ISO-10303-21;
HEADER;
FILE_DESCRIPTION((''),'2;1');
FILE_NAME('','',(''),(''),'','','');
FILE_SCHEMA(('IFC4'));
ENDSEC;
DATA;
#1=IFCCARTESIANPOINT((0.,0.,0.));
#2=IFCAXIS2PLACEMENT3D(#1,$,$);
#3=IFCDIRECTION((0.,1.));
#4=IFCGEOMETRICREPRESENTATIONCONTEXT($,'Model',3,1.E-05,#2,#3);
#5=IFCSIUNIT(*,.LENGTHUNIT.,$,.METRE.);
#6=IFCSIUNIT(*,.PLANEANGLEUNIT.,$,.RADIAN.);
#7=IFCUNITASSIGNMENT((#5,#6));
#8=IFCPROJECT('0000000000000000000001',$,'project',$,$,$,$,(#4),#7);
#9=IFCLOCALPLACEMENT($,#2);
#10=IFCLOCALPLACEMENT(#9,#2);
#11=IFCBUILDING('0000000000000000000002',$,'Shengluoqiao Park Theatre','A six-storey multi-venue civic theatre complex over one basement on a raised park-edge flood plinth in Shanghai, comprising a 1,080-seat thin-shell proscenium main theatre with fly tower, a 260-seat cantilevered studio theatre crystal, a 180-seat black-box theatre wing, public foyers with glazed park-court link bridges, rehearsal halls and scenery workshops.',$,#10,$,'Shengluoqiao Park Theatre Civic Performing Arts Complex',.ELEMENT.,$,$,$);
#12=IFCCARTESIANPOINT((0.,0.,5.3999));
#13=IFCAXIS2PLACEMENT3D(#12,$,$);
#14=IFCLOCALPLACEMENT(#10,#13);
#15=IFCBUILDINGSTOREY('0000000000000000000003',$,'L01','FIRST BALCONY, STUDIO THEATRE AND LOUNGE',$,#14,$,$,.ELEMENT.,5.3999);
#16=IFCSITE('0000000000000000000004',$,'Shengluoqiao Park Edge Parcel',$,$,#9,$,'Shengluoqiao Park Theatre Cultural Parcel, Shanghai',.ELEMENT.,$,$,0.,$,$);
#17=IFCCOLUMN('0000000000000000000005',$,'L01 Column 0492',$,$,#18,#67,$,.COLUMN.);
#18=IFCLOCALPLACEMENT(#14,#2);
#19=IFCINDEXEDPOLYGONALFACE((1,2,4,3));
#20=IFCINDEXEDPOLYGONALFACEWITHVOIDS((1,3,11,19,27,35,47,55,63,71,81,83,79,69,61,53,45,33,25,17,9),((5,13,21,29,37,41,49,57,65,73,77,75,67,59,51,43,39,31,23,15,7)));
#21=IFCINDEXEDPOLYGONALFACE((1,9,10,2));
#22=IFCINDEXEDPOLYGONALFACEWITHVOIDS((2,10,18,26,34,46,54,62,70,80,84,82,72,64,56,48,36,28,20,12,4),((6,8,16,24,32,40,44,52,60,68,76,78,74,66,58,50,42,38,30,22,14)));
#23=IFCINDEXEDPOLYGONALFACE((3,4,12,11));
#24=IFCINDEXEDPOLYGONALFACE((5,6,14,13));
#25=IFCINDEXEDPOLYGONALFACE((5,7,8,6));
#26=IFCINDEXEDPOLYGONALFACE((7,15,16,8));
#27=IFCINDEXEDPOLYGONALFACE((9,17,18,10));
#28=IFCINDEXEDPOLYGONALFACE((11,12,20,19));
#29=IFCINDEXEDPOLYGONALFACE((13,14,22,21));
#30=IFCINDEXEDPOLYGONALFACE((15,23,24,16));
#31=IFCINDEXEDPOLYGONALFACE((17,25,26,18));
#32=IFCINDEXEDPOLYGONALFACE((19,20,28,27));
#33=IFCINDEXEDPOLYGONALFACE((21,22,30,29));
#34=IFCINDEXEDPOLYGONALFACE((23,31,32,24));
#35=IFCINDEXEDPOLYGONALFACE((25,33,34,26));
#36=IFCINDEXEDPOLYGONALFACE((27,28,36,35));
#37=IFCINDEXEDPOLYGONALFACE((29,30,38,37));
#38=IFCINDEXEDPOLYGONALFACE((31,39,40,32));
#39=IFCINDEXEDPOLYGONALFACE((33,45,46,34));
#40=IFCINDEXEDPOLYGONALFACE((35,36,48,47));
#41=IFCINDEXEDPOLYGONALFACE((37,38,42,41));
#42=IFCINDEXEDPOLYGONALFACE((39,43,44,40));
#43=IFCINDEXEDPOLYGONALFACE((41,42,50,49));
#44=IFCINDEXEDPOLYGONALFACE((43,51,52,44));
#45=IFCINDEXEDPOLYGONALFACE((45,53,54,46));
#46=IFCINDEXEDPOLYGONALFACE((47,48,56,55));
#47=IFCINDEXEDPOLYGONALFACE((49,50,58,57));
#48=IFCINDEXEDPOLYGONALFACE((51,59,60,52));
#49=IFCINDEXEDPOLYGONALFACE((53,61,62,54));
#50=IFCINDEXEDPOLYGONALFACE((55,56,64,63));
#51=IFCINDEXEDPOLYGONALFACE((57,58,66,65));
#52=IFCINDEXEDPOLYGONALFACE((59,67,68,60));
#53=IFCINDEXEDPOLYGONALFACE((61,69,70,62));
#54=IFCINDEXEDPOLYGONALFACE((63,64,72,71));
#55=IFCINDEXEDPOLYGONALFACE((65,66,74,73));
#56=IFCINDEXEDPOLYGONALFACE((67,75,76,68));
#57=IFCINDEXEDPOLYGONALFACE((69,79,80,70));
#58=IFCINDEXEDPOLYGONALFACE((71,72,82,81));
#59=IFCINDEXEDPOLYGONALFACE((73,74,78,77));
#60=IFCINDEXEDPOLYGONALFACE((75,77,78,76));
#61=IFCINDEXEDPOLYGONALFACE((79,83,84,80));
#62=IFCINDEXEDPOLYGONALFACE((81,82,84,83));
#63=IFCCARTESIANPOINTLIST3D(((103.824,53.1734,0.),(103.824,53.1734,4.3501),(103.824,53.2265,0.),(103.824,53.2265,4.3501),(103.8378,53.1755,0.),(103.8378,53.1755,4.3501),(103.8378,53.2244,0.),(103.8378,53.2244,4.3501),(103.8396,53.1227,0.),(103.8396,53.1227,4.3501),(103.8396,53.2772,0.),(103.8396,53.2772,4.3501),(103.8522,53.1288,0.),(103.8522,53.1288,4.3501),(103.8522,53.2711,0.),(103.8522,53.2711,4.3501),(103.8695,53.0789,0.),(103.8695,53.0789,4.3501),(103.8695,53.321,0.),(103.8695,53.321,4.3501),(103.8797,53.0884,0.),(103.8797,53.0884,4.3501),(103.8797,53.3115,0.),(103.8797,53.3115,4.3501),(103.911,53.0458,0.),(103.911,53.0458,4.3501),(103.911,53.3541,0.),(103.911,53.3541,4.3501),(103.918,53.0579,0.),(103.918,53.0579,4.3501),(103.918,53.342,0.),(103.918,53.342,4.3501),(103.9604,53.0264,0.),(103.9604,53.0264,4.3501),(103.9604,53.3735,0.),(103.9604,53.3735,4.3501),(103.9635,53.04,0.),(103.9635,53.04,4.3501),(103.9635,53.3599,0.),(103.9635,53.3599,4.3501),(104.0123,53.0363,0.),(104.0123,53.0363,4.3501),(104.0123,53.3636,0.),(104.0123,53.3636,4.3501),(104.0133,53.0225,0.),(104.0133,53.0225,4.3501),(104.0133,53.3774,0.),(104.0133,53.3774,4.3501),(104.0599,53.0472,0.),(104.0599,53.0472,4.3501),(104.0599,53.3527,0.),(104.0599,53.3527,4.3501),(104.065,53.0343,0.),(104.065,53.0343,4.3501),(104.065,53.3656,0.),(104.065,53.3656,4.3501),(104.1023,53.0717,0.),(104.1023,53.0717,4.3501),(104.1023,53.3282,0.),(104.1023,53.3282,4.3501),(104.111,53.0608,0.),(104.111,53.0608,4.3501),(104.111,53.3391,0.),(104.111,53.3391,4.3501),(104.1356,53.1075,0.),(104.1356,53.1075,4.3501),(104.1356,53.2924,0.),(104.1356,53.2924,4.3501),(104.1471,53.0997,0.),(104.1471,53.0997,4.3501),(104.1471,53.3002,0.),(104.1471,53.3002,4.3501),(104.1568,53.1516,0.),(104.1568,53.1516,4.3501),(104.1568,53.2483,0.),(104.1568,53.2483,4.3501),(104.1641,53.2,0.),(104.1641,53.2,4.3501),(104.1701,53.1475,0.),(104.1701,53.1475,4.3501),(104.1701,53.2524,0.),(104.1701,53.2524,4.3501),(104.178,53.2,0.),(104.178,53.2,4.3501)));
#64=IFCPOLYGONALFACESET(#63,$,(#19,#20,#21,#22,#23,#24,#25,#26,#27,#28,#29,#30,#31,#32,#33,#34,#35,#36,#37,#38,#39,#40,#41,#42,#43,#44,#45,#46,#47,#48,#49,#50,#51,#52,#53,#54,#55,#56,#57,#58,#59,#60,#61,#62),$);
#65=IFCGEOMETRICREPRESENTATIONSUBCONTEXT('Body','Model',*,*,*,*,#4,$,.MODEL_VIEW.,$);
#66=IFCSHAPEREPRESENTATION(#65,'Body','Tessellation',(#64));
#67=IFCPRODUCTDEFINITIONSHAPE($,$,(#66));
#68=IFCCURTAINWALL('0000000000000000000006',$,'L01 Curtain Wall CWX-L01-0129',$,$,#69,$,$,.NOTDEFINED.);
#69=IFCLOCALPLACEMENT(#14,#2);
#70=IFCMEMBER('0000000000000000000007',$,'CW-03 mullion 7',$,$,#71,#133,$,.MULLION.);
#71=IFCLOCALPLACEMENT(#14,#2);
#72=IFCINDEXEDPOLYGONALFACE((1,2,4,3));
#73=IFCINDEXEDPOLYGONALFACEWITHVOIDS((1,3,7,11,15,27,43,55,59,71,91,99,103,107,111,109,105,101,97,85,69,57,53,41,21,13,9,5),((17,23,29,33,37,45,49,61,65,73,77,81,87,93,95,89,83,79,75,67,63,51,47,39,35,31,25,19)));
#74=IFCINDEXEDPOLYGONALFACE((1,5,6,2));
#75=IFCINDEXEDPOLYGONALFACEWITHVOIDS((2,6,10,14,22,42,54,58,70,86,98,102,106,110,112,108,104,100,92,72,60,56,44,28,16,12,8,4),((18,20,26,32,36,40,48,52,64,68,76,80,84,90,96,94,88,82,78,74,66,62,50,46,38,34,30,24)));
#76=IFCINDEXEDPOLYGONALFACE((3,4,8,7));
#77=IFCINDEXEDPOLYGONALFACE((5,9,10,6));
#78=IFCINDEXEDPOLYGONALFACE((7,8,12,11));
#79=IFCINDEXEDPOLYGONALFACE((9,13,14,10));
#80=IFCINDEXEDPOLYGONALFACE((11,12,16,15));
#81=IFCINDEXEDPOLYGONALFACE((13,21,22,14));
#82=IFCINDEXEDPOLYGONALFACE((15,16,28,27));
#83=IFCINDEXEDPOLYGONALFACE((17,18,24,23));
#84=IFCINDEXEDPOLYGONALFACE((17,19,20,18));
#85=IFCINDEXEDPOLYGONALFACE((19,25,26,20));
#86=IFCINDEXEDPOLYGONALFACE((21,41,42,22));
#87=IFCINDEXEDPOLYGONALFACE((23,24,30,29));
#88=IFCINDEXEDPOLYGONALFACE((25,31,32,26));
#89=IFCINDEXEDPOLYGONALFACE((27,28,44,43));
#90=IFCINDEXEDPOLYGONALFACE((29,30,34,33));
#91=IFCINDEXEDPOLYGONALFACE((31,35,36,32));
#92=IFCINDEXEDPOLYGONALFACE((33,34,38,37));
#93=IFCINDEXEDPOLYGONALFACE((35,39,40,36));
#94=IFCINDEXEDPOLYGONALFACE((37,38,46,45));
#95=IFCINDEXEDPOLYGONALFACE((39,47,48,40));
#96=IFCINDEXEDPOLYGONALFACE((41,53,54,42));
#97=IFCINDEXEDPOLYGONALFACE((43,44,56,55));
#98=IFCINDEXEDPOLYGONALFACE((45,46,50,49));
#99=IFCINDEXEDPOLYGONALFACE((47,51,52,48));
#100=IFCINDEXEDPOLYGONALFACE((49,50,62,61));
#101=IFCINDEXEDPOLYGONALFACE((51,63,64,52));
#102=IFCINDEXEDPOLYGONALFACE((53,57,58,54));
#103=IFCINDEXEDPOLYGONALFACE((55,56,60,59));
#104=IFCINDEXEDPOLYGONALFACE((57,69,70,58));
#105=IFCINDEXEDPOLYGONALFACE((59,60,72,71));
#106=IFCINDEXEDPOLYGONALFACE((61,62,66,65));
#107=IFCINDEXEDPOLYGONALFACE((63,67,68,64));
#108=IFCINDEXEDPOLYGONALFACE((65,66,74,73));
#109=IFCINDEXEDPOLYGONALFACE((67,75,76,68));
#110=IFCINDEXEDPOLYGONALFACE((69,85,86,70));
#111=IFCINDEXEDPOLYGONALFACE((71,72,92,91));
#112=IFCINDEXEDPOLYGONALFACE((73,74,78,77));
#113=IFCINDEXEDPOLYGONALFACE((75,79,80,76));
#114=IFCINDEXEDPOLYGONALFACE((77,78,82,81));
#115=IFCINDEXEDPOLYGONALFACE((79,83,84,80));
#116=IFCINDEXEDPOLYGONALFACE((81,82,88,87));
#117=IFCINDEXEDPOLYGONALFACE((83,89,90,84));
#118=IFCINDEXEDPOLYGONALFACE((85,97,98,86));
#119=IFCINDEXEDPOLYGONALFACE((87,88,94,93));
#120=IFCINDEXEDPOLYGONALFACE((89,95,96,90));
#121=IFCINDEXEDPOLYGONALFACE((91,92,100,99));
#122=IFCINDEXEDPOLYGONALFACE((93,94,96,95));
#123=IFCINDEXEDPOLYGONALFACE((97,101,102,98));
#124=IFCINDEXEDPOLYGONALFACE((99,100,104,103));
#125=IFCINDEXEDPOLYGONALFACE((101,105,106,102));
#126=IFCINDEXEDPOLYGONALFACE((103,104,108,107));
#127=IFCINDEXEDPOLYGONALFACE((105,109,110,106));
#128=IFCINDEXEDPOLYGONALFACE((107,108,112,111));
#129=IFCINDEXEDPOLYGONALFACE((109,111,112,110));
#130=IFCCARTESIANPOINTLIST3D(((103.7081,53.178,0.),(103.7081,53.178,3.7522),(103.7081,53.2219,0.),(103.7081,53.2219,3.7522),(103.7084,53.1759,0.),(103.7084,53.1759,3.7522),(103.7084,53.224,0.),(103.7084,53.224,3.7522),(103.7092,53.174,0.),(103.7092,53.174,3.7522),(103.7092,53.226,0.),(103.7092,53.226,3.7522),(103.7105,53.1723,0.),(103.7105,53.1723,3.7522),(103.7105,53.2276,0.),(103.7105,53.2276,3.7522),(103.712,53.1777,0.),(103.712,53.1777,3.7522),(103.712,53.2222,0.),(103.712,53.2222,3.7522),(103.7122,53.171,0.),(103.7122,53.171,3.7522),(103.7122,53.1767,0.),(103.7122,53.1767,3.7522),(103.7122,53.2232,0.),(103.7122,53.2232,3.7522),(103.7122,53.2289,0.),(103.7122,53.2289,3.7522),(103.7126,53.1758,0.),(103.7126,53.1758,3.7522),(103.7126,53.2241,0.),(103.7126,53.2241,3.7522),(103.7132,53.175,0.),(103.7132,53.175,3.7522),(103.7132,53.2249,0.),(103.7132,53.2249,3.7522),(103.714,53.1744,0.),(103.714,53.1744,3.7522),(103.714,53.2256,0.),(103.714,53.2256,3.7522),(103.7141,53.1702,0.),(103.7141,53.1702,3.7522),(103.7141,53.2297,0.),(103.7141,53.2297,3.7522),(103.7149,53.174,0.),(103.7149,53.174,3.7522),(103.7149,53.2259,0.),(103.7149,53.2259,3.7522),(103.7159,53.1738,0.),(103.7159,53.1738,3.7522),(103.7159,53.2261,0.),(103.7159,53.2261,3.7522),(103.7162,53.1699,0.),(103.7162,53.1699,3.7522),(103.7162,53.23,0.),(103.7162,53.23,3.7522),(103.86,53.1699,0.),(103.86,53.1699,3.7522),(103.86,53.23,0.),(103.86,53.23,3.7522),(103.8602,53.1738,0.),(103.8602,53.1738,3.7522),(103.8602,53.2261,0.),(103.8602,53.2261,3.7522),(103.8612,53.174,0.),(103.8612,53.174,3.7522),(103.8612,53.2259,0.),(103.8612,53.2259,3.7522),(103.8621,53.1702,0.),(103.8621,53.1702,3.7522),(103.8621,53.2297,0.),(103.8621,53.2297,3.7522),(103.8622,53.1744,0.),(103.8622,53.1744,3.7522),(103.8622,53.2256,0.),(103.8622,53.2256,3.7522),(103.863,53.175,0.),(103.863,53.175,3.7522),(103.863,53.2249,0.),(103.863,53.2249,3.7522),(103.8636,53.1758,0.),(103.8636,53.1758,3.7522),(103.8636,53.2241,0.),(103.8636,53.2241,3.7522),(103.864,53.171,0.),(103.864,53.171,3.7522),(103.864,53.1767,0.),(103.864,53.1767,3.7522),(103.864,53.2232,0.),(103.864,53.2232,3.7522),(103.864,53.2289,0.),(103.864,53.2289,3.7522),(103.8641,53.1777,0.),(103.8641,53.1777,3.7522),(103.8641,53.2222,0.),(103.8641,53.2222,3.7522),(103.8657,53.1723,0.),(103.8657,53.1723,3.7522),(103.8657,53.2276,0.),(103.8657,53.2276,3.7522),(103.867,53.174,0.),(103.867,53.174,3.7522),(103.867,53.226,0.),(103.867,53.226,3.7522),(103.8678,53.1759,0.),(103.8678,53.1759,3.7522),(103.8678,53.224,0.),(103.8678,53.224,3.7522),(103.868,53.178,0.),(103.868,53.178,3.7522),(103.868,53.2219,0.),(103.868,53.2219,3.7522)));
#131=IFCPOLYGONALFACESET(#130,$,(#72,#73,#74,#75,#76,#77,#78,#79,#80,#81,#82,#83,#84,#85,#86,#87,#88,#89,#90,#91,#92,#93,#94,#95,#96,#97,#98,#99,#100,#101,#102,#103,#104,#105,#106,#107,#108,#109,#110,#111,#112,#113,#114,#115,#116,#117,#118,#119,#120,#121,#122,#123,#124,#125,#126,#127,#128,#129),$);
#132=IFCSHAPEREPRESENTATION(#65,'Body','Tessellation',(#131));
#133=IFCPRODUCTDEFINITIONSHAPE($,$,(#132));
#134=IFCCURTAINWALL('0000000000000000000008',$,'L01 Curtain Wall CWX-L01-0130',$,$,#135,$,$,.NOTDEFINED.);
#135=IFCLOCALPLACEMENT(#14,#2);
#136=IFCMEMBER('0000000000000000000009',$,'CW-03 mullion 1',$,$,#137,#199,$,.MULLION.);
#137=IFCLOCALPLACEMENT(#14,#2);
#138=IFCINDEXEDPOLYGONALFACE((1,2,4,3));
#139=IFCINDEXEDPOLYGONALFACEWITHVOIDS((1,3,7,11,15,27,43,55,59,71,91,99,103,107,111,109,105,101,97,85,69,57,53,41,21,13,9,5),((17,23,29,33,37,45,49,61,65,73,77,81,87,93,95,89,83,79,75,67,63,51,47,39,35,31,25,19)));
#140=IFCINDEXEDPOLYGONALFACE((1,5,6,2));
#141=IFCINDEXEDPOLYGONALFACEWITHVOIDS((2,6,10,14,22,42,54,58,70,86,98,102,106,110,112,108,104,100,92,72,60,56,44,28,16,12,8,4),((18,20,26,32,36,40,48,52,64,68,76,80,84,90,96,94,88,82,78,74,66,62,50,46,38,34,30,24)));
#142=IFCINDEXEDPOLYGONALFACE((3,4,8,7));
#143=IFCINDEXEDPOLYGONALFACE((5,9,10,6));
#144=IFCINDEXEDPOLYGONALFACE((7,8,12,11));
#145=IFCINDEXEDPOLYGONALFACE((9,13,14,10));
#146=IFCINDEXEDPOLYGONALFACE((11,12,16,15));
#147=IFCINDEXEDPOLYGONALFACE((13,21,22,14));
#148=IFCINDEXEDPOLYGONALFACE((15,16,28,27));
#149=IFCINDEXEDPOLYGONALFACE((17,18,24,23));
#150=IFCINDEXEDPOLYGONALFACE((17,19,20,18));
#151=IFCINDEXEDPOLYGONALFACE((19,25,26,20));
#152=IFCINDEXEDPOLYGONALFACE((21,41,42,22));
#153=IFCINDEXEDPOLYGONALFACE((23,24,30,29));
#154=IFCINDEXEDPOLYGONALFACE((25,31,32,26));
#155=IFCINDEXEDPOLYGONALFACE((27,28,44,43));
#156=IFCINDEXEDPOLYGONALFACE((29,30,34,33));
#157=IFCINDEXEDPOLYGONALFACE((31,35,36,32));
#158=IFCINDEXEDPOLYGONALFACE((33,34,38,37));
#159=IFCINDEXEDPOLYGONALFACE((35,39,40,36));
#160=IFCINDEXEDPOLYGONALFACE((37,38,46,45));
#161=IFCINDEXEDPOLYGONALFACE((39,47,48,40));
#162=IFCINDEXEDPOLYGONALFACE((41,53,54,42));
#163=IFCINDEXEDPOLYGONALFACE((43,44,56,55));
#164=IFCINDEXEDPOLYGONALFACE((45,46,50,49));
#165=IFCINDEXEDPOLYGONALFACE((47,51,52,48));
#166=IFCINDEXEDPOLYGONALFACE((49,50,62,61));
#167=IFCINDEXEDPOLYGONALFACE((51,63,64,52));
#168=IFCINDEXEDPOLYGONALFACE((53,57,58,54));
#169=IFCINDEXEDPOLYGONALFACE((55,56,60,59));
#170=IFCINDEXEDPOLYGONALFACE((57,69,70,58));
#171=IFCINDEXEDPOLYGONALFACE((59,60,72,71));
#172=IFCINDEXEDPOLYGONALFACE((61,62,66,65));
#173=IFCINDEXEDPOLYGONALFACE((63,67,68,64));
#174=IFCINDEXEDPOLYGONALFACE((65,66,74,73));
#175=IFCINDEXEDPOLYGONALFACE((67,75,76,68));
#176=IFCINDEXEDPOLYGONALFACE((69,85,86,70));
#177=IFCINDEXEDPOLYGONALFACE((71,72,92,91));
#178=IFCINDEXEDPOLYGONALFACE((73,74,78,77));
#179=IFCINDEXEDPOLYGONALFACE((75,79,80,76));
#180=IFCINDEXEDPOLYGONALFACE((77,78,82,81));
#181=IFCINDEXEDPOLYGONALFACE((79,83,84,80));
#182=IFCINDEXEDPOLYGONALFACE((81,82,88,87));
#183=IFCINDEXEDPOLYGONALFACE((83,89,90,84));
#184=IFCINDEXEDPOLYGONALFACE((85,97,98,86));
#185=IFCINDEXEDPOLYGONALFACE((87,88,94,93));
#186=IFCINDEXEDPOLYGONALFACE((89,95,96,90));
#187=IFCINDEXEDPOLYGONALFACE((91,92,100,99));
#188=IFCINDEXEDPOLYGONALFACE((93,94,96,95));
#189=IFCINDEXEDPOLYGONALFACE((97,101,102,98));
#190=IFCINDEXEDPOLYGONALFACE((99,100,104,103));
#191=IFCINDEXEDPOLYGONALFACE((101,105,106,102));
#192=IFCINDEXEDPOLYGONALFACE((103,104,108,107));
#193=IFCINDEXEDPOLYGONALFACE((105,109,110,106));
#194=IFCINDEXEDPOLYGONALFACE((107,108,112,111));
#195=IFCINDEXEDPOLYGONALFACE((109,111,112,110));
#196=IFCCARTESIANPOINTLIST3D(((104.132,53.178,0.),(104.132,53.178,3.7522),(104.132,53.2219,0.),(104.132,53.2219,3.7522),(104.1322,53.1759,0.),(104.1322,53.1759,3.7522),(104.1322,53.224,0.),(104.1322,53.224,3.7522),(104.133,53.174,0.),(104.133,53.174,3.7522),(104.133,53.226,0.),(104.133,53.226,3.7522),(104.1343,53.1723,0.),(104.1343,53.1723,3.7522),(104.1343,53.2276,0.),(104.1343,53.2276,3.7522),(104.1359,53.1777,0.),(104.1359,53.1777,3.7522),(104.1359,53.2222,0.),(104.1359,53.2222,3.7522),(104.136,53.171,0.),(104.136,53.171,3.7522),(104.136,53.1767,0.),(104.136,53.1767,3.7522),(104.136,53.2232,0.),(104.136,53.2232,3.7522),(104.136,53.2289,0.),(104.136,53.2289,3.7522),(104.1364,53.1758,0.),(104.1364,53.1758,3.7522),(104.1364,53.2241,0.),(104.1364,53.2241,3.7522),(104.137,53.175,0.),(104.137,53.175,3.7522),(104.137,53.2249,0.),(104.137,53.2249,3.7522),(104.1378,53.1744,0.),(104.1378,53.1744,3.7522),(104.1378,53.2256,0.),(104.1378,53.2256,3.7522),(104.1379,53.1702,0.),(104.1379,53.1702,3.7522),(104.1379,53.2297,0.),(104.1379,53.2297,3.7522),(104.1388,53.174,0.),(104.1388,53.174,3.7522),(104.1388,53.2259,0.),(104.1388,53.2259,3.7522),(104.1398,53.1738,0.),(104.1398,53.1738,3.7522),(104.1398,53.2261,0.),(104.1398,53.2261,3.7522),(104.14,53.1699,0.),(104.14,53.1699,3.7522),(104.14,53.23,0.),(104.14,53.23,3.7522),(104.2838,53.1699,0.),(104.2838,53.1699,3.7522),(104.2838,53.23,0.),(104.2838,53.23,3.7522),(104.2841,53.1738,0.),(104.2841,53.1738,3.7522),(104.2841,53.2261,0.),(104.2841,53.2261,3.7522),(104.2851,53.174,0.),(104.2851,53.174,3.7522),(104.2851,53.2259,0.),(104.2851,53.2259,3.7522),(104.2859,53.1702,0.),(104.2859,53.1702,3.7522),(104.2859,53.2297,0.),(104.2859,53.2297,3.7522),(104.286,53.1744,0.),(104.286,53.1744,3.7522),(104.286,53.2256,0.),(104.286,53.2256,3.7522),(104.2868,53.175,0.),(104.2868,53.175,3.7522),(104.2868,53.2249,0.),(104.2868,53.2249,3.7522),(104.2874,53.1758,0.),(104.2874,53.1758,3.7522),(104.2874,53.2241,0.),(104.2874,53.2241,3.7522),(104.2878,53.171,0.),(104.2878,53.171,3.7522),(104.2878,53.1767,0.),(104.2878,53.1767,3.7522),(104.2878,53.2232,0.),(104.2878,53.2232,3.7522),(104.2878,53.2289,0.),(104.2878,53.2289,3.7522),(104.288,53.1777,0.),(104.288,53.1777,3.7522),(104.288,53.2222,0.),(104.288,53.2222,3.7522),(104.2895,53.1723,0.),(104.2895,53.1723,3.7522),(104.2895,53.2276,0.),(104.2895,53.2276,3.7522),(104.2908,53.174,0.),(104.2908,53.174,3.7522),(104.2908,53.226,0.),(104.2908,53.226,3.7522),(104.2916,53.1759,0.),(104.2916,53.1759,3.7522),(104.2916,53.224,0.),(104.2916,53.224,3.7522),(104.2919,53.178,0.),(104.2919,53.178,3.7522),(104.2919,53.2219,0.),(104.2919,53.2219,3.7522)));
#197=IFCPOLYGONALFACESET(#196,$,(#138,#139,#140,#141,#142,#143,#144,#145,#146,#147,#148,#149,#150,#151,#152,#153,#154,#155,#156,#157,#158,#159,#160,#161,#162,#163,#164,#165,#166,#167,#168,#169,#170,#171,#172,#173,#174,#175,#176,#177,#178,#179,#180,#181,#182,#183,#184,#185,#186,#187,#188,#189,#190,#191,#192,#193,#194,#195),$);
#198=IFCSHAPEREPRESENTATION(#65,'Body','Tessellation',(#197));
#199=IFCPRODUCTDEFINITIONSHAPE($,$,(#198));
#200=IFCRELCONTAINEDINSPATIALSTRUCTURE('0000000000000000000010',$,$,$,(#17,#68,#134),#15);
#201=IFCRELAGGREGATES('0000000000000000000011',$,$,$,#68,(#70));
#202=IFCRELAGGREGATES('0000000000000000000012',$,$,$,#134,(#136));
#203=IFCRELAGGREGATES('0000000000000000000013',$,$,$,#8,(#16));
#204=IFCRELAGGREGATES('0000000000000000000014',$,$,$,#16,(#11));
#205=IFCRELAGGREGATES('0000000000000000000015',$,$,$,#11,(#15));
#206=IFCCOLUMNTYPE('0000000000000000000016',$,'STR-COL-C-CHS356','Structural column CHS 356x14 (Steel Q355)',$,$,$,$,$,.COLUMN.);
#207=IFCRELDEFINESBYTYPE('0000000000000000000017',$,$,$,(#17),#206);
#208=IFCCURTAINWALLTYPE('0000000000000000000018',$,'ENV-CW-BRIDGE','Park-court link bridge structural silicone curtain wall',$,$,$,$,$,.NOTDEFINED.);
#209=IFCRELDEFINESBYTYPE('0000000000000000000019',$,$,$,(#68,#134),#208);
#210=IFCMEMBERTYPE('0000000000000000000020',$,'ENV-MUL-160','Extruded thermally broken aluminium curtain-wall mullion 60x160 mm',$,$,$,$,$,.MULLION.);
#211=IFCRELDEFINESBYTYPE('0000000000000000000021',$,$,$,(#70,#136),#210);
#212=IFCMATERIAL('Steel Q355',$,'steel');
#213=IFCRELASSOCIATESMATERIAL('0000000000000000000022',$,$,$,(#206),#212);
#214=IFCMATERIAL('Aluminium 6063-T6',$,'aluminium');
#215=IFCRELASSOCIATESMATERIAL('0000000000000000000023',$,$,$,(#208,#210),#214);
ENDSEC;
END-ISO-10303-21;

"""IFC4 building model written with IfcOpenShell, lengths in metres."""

from ifc_helpers import new_model, si_unit, direction, frame, origin, origin_2d, place, context, subcontext, project, spatial, hollow_rectangle, hollow_circle, extrude, material, material_profile, profile_set, type_object, element, aggregate, save


model = new_model("IFC4")

# Units and contexts
model_context = context("Model", 3, precision=1e-05, world=origin(), true_north=direction((0.0, 1.0)))
body_context = subcontext(model_context, "Body", "Model", "MODEL_VIEW")
ifc_project = project(units=[si_unit("LENGTHUNIT", "METRE"), si_unit("PLANEANGLEUNIT", "RADIAN")], contexts=[model_context])

# Site, building, storey
site_placement = place(None, origin())
site = spatial("IfcSite", under=ifc_project, at=site_placement, Name="Shengluoqiao Park Edge Parcel", LongName="Shengluoqiao Park Theatre Cultural Parcel, Shanghai", CompositionType="ELEMENT", RefElevation=0.0)
building_placement = place(site_placement, origin())
building = spatial("IfcBuilding", under=site, at=building_placement, Name="Shengluoqiao Park Theatre", Description="A six-storey multi-venue civic theatre complex over one basement on a raised park-edge flood plinth in Shanghai, comprising a 1,080-seat thin-shell proscenium main theatre with fly tower, a 260-seat cantilevered studio theatre crystal, a 180-seat black-box theatre wing, public foyers with glazed park-court link bridges, rehearsal halls and scenery workshops.", LongName="Shengluoqiao Park Theatre Civic Performing Arts Complex", CompositionType="ELEMENT")
storey_placement = place(building_placement, frame((0.0, 0.0, 5.3999)))
storey = spatial("IfcBuildingStorey", under=building, at=storey_placement, Name="L01", Description="FIRST BALCONY, STUDIO THEATRE AND LOUNGE", CompositionType="ELEMENT", Elevation=5.3999)

# Column
ifc_material_1 = material(Name="Steel Q355", Category="steel")
ifc_material_profile_1 = material_profile(ifc_material_1, hollow_circle(Radius=0.178, WallThickness=0.0139, at=origin_2d()), Name="CHS 356x14")
ifc_profile_set_1 = profile_set([ifc_material_profile_1], Name="Steel Q355")
column_type = type_object("IfcColumnType", Name="STR-COL-C-CHS356", Description="Structural column CHS 356x14 (Steel Q355)", PredefinedType="COLUMN", material=ifc_profile_set_1)
column_placement = place(storey_placement, frame((104.0, 53.2, 0.0), z_axis=(0.0, 0.0, 1.0), x_axis=(1.0, 0.0, 0.0)))
element("IfcColumn", 1, at=column_placement, inside=storey, type_object=column_type, Name="L01 Column 0492", PredefinedType="COLUMN", context=body_context, shape_type="SweptSolid", body=[
    extrude(hollow_circle(Radius=0.178, WallThickness=0.0139, at=origin_2d()), origin(), (0.0, 0.0, 1.0), 4.3501),
])

# Curtain wall, member
ifc_material_2 = material(Name="Aluminium 6063-T6", Category="aluminium")
curtain_wall_type = type_object("IfcCurtainWallType", Name="ENV-CW-BRIDGE", Description="Park-court link bridge structural silicone curtain wall", PredefinedType="NOTDEFINED", material=ifc_material_2)
curtain_wall_1_placement = place(storey_placement, origin())
curtain_wall_1 = element("IfcCurtainWall", 2, at=curtain_wall_1_placement, inside=storey, type_object=curtain_wall_type, Name="L01 Curtain Wall CWX-L01-0129", PredefinedType="NOTDEFINED")
ifc_material_profile_2 = material_profile(ifc_material_2, hollow_rectangle(XDim=0.0601, YDim=0.1599, WallThickness=0.0039, InnerFilletRadius=0.0039, OuterFilletRadius=0.0081, at=origin_2d()), Name="ALU MULLION 160x60x4")
ifc_profile_set_2 = profile_set([ifc_material_profile_2], Name="Aluminium 6063-T6")
member_type_1 = type_object("IfcMemberType", Name="ENV-MUL-160", Description="Extruded thermally broken aluminium curtain-wall mullion 60x160 mm", PredefinedType="MULLION", material=ifc_profile_set_2)
member_1_placement = place(storey_placement, frame((103.7881, 53.2, 0.0), z_axis=(0.0, 0.0, 1.0), x_axis=(0.0, 1.0, 0.0)))
member_1 = element("IfcMember", 3, at=member_1_placement, type_object=member_type_1, Name="CW-03 mullion 7", PredefinedType="MULLION", context=body_context, shape_type="SweptSolid", body=[
    extrude(hollow_rectangle(XDim=0.0601, YDim=0.1599, WallThickness=0.0039, InnerFilletRadius=0.0039, OuterFilletRadius=0.0081, at=origin_2d()), origin(), (0.0, 0.0, 1.0), 3.7522),
])

# Curtain wall, member
curtain_wall_2_placement = place(storey_placement, origin())
curtain_wall_2 = element("IfcCurtainWall", 4, at=curtain_wall_2_placement, inside=storey, type_object=curtain_wall_type, Name="L01 Curtain Wall CWX-L01-0130", PredefinedType="NOTDEFINED")
member_2_placement = place(storey_placement, frame((104.2119, 53.2, 0.0), z_axis=(0.0, 0.0, 1.0), x_axis=(0.0, 1.0, 0.0)))
member_2 = element("IfcMember", 5, at=member_2_placement, type_object=member_type_1, Name="CW-03 mullion 1", PredefinedType="MULLION", context=body_context, shape_type="SweptSolid", body=[
    extrude(hollow_rectangle(XDim=0.0601, YDim=0.1599, WallThickness=0.0039, InnerFilletRadius=0.0039, OuterFilletRadius=0.0081, at=origin_2d()), origin(), (0.0, 0.0, 1.0), 3.7522),
])

aggregate(curtain_wall_1, [member_1])
aggregate(curtain_wall_2, [member_2])

save(model, "model.ifc")
